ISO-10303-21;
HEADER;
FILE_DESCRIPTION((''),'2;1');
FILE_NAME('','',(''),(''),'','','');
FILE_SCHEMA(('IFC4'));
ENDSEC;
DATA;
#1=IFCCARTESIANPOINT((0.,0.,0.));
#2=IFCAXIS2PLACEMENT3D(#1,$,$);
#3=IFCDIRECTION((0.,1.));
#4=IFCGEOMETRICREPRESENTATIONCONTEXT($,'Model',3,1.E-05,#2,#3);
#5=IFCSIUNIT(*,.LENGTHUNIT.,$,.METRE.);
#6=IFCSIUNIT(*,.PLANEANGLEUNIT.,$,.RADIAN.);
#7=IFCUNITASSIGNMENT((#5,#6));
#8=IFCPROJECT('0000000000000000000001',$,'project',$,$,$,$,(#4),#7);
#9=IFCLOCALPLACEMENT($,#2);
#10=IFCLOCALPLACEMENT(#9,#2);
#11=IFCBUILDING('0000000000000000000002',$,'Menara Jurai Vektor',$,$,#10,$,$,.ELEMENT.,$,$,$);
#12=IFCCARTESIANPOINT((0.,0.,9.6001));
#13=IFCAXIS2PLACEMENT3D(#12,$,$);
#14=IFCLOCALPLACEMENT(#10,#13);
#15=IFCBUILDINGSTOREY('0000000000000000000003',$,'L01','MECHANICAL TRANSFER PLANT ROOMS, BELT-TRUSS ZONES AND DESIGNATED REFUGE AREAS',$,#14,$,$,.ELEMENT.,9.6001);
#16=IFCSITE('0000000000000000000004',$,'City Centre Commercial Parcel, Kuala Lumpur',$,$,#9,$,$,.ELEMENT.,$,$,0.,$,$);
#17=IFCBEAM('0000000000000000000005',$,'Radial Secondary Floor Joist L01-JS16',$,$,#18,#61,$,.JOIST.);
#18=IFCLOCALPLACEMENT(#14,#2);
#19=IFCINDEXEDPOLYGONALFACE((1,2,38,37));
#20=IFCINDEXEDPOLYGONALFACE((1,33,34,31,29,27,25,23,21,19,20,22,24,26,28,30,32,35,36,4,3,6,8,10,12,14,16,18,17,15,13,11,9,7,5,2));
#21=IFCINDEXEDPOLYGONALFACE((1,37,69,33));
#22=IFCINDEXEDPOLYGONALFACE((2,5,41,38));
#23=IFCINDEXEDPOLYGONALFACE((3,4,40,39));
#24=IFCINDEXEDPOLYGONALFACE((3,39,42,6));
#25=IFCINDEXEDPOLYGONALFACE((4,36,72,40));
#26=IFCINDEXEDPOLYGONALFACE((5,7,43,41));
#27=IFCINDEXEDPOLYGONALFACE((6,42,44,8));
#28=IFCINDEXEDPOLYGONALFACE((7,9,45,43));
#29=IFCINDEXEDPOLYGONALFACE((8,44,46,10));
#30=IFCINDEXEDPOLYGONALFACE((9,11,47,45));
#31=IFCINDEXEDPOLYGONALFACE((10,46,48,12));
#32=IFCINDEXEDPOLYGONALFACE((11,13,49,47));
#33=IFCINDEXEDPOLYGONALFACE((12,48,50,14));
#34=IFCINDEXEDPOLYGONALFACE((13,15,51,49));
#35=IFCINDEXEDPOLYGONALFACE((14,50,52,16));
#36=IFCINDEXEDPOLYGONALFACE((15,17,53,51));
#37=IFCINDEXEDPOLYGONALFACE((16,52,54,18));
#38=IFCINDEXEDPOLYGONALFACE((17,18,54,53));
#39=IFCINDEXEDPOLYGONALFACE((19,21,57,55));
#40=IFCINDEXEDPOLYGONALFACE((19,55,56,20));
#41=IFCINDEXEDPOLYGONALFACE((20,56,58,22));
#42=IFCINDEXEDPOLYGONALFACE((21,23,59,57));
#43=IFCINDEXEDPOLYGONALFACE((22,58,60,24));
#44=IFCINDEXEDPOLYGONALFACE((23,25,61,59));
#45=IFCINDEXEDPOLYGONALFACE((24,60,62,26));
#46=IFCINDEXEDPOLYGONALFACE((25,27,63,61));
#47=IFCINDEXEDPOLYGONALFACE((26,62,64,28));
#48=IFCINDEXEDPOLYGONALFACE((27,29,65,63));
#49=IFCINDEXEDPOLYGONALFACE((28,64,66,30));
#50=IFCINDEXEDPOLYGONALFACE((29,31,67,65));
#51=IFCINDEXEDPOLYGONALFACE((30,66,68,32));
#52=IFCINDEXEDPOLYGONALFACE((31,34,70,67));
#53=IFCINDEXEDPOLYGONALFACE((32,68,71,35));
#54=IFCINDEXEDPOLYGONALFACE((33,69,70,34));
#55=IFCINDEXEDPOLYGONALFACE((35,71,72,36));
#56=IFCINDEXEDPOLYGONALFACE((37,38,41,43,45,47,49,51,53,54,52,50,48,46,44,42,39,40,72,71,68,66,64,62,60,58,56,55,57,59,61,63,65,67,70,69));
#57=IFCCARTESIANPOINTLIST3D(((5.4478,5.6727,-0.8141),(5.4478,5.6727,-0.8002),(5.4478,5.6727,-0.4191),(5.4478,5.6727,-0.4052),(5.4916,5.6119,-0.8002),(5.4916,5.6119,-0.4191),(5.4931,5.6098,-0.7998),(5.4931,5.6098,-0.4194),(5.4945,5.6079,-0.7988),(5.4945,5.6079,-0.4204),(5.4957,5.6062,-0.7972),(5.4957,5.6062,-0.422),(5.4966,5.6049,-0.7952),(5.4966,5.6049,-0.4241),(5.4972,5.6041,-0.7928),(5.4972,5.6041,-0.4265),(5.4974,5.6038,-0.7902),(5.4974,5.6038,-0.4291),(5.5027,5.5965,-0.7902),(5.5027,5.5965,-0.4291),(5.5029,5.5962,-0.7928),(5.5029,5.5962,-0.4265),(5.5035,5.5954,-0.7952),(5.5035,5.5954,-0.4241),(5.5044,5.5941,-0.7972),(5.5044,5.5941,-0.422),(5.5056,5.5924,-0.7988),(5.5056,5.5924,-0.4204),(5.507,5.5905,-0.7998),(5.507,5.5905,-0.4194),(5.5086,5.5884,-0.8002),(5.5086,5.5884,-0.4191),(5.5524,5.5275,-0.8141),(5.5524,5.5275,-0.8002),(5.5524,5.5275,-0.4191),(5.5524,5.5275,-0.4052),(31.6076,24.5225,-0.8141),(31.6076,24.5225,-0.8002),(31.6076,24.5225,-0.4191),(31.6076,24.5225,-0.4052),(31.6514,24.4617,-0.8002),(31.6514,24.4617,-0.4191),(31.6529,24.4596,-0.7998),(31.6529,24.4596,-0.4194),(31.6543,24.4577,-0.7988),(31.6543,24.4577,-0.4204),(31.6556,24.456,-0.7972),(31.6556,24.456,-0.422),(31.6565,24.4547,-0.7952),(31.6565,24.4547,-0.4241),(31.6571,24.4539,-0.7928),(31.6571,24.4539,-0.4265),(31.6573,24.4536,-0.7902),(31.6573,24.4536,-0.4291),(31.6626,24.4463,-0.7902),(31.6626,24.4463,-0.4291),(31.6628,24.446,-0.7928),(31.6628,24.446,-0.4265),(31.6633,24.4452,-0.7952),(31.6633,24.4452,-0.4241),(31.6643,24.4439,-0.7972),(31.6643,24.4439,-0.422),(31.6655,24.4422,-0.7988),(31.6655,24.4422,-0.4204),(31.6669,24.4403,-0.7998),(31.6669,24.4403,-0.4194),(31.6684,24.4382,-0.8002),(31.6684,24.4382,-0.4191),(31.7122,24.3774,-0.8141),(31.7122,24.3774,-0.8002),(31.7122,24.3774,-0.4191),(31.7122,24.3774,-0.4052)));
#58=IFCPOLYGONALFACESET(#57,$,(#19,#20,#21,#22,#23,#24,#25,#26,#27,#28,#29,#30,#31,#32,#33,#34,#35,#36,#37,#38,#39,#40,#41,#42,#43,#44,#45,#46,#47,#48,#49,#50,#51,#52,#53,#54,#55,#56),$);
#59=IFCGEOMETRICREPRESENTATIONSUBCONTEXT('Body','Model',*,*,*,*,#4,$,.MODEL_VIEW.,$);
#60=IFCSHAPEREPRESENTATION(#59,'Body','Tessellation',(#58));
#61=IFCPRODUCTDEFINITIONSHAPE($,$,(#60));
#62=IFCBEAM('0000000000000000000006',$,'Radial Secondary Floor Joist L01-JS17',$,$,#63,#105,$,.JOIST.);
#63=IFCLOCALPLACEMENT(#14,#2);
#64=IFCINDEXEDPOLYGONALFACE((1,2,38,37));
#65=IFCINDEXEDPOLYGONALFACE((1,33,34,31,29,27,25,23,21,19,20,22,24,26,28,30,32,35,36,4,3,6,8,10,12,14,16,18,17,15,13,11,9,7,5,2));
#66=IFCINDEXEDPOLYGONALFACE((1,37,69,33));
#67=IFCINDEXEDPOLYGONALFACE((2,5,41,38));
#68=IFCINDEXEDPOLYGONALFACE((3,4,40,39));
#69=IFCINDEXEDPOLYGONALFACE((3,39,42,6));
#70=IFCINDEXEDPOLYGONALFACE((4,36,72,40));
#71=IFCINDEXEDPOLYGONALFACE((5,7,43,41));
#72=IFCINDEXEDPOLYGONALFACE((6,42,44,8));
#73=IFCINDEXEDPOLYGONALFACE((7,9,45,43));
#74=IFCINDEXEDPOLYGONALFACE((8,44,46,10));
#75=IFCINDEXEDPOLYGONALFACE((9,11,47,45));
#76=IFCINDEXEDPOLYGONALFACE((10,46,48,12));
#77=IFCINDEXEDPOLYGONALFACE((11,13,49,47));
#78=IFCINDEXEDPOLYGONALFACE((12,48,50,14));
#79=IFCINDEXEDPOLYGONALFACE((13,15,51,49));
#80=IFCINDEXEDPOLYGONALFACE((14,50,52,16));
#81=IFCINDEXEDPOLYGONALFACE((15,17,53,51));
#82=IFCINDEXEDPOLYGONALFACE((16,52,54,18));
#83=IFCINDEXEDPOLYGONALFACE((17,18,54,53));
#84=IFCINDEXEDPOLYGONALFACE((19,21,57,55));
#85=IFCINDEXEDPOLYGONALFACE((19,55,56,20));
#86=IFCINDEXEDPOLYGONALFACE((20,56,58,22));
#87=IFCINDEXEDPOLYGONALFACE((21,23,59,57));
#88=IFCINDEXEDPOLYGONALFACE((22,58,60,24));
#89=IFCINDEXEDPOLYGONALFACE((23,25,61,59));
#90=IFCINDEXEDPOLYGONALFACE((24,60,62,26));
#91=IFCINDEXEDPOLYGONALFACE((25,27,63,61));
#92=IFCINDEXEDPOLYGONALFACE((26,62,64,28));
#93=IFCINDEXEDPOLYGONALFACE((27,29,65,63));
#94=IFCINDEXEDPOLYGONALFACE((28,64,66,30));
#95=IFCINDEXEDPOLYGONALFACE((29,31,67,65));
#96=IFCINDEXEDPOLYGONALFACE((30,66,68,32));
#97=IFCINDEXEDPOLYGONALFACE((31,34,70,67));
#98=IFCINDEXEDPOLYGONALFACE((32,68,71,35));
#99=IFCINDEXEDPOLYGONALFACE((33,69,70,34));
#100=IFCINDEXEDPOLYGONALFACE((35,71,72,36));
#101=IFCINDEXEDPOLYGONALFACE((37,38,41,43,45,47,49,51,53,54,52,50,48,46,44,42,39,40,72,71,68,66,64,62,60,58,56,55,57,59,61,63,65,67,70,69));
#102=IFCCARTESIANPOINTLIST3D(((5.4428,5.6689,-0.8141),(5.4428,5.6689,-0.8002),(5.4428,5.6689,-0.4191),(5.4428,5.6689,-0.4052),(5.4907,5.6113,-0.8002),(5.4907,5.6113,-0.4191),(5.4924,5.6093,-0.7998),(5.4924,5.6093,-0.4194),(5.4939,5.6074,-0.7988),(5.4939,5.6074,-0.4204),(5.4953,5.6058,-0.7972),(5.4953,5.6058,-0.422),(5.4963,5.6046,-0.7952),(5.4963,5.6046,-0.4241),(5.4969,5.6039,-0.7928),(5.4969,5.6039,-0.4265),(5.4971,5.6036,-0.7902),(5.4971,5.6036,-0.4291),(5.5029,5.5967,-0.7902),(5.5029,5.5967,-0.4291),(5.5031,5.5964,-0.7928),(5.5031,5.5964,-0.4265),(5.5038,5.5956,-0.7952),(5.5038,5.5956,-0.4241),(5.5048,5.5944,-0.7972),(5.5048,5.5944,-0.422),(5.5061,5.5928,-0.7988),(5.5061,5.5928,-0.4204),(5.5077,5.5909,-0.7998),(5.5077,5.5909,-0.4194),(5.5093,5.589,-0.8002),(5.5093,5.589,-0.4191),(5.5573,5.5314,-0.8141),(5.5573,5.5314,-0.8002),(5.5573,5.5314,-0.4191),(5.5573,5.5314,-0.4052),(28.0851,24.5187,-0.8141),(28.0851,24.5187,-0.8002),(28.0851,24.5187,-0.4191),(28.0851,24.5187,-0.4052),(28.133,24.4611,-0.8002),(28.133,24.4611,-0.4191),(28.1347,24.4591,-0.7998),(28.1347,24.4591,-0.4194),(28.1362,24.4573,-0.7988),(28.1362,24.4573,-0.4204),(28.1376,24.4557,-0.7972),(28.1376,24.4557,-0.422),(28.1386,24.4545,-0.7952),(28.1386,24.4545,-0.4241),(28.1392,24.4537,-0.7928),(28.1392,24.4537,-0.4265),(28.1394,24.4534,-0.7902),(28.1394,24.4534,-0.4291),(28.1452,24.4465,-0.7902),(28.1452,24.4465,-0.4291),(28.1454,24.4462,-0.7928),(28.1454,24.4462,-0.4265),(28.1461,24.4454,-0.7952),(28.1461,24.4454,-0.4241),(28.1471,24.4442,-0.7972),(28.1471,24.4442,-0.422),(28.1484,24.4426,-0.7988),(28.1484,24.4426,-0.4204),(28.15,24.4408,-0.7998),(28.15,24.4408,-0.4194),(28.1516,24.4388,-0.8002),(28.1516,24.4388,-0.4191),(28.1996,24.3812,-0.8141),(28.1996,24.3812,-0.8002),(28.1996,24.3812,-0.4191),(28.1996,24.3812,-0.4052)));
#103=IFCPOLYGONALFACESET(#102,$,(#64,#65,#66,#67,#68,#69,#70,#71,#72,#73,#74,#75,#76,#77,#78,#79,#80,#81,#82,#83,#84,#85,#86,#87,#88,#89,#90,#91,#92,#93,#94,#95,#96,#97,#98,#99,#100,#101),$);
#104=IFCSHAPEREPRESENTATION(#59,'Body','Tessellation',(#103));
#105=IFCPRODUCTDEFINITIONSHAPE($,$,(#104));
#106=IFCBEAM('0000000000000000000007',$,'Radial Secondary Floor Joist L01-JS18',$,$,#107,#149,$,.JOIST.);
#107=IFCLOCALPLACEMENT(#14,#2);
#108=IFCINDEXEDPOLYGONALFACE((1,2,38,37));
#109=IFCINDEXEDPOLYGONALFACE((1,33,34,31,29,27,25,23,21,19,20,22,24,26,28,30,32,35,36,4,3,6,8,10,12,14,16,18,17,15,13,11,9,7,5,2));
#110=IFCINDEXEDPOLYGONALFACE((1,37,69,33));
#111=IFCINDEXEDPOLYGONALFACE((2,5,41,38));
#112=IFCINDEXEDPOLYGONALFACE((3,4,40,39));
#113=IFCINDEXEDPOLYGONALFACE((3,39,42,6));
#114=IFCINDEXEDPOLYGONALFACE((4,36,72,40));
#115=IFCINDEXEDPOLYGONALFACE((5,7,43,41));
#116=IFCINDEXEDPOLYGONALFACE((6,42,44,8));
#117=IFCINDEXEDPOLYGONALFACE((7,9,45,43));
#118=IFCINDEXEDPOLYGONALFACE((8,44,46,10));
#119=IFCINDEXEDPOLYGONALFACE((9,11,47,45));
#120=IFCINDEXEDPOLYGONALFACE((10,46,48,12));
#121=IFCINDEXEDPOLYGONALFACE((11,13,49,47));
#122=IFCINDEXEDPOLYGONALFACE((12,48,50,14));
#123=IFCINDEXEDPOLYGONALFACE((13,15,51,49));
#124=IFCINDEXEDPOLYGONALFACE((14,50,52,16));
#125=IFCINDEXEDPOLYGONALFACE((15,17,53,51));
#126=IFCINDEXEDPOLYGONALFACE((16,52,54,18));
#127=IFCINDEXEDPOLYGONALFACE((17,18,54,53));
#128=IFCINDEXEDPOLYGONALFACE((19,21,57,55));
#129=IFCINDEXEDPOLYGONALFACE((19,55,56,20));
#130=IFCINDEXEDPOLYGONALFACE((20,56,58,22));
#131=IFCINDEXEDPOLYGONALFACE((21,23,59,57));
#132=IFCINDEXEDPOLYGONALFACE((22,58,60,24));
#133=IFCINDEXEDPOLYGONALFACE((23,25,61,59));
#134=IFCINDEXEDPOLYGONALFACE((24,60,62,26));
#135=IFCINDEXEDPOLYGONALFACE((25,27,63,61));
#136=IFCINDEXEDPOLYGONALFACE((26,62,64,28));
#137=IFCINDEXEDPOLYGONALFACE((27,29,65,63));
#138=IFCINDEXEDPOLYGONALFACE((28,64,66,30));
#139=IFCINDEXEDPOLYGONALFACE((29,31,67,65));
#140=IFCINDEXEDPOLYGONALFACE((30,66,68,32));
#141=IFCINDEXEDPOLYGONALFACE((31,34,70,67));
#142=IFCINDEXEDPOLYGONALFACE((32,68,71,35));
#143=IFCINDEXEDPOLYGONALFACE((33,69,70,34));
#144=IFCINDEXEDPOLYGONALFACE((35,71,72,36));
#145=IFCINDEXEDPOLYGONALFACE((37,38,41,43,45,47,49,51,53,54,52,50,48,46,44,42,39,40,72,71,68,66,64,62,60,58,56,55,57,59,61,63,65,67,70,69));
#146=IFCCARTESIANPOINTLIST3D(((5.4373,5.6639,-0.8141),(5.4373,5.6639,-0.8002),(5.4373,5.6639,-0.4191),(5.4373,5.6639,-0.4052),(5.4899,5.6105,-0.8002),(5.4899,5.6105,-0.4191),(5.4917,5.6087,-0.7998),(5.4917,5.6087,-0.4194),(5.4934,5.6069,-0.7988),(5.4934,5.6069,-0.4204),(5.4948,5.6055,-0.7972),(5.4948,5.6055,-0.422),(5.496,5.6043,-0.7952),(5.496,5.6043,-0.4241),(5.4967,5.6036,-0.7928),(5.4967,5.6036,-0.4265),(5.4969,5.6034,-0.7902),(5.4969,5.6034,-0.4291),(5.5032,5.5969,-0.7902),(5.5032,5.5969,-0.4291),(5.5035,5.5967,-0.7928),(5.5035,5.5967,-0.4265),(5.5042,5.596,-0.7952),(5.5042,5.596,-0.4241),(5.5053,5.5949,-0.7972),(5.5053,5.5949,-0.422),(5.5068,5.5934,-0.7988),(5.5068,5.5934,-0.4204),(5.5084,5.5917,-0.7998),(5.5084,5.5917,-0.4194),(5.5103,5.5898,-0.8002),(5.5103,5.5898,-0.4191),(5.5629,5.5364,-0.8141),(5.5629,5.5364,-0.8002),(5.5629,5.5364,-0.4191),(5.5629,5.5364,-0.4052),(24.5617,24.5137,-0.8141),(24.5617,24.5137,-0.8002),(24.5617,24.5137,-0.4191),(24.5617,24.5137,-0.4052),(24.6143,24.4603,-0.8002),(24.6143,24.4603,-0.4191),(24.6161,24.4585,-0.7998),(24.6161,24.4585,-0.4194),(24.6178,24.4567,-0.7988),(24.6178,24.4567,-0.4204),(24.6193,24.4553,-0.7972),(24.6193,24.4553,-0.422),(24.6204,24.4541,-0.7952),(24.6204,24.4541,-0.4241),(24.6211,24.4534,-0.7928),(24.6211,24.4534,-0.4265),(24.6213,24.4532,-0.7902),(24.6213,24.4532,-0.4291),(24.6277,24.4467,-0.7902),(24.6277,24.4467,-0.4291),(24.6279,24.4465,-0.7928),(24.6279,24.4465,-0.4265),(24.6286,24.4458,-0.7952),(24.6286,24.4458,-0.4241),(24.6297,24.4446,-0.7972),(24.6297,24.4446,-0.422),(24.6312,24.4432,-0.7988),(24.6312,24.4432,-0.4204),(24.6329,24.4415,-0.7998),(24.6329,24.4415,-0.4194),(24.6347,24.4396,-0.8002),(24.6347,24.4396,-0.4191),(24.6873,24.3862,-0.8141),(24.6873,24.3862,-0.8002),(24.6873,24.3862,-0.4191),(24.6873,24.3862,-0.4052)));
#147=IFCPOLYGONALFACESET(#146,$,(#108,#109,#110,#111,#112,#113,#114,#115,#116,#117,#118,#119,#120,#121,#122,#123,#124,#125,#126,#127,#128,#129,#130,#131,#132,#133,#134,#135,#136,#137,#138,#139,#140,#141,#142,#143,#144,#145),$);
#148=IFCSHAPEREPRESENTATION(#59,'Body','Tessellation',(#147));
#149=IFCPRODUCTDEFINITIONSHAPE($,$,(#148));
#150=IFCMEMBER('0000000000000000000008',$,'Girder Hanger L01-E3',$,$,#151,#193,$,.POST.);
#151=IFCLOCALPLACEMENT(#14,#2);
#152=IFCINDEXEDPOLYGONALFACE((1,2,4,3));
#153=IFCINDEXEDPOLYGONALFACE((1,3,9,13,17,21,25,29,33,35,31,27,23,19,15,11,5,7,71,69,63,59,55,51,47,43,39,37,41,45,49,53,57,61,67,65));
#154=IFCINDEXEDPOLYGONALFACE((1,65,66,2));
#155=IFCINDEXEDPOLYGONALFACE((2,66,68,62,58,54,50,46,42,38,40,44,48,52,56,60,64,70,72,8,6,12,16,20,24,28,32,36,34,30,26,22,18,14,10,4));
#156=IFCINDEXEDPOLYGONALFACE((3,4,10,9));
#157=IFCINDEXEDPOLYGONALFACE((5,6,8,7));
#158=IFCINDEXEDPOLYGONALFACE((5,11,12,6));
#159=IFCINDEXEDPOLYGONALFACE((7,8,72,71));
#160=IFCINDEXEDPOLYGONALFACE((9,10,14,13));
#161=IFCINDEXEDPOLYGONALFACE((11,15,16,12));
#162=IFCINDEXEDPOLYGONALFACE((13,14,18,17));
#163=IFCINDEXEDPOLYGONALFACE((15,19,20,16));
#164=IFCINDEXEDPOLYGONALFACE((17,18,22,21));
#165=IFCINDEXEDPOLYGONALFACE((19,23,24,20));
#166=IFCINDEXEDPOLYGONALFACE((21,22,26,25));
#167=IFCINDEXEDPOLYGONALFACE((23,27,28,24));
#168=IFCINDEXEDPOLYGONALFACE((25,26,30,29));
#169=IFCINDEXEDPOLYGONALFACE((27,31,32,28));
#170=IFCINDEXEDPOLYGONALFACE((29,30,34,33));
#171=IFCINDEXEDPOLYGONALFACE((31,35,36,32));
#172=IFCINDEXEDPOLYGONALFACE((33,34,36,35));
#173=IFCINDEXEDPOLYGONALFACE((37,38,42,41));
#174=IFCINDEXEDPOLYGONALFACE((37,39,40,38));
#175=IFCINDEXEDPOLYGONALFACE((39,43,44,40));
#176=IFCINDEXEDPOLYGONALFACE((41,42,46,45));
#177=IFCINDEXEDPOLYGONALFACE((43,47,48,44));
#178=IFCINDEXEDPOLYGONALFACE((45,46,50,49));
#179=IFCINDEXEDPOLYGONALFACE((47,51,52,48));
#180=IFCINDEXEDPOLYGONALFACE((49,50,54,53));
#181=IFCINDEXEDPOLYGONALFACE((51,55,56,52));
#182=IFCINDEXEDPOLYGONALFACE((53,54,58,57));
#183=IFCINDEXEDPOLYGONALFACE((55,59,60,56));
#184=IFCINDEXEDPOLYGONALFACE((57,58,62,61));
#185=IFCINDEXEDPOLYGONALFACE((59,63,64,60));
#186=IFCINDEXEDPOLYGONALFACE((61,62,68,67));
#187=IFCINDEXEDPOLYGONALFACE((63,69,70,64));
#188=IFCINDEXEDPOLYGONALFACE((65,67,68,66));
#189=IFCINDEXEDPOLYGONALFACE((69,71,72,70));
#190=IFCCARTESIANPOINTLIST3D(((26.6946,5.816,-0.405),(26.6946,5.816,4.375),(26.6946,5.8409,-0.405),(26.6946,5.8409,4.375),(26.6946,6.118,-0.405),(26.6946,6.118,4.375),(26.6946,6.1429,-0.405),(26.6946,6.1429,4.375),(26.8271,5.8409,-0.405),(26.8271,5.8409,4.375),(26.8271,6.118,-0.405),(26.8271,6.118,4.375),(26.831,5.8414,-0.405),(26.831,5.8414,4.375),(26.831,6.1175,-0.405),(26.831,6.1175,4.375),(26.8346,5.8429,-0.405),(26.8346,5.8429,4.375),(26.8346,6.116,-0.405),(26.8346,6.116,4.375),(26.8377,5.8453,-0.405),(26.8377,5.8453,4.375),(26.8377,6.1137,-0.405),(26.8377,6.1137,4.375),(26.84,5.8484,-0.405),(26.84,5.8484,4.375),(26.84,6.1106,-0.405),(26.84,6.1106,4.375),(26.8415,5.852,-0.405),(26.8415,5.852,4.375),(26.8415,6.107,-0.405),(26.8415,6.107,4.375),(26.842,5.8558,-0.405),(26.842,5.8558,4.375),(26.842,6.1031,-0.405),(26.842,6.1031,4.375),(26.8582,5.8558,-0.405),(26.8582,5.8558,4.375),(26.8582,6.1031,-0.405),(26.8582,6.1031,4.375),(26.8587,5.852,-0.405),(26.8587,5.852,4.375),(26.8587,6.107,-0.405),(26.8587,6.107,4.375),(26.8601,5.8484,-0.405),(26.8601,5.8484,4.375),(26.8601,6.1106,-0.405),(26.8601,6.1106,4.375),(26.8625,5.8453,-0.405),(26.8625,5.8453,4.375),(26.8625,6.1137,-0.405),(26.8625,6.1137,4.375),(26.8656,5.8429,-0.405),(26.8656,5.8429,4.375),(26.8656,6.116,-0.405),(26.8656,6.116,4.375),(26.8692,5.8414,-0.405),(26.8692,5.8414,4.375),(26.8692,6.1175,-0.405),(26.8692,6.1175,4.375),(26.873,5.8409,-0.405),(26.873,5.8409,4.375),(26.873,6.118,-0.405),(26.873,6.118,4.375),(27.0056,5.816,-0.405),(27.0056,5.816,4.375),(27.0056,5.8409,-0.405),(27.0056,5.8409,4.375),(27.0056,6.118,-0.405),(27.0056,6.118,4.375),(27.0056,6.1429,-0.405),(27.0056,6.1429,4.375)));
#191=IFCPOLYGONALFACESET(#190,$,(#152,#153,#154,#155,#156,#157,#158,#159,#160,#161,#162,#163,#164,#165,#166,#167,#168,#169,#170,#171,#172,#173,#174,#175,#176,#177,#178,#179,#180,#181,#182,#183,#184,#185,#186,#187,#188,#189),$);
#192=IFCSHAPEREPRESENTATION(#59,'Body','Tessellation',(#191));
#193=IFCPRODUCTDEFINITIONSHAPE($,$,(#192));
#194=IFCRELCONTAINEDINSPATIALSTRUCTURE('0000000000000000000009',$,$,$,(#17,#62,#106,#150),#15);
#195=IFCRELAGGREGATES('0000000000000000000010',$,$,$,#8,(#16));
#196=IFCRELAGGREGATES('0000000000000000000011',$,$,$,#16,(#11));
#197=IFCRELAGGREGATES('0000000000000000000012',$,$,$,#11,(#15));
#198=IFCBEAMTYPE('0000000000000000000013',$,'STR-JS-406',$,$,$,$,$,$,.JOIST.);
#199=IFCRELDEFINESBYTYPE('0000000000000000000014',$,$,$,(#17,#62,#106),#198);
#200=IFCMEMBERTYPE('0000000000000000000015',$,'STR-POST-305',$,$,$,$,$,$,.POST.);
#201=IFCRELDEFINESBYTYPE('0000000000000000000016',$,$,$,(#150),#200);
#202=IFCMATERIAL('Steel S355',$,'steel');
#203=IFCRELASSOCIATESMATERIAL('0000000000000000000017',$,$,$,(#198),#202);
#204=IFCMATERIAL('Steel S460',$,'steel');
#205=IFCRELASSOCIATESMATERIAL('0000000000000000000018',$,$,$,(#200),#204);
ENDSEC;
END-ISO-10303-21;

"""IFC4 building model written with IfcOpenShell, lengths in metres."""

from ifc_helpers import new_model, si_unit, direction, frame, origin, origin_2d, place, context, subcontext, project, spatial, i_section, extrude, material, material_profile, profile_set, type_object, element, save


model = new_model("IFC4")

# Units and contexts
model_context = context("Model", 3, precision=1e-05, world=origin(), true_north=direction((0.0, 1.0)))
body_context = subcontext(model_context, "Body", "Model", "MODEL_VIEW")
ifc_project = project(units=[si_unit("LENGTHUNIT", "METRE"), si_unit("PLANEANGLEUNIT", "RADIAN")], contexts=[model_context])

# Site, building, storey
site_placement = place(None, origin())
site = spatial("IfcSite", under=ifc_project, at=site_placement, Name="City Centre Commercial Parcel, Kuala Lumpur", CompositionType="ELEMENT", RefElevation=0.0)
building_placement = place(site_placement, origin())
building = spatial("IfcBuilding", under=site, at=building_placement, Name="Menara Jurai Vektor", CompositionType="ELEMENT")
storey_placement = place(building_placement, frame((0.0, 0.0, 9.6001)))
storey = spatial("IfcBuildingStorey", under=building, at=storey_placement, Name="L01", Description="MECHANICAL TRANSFER PLANT ROOMS, BELT-TRUSS ZONES AND DESIGNATED REFUGE AREAS", CompositionType="ELEMENT", Elevation=9.6001)

# Shared definitions
ifc_material_1 = material(Name="Steel S460", Category="steel")

# Beams
ifc_material_2 = material(Name="Steel S355", Category="steel")
ifc_material_profile_1 = material_profile(ifc_material_2, i_section(OverallWidth=0.179, OverallDepth=0.4089, WebThickness=0.009, FlangeThickness=0.0139, FilletRadius=0.01, at=origin_2d()), Name="UKB 406x178x67")
ifc_profile_set_1 = profile_set([ifc_material_profile_1], Name="Steel S355")
beam_type_1 = type_object("IfcBeamType", Name="STR-JS-406", PredefinedType="JOIST", material=ifc_profile_set_1)
beam_1_placement = place(storey_placement, frame((31.6599, 24.45, -0.6096), z_axis=(-0.811318, -0.584605, 0.0), x_axis=(0.584605, -0.811318, 0.0)))
element("IfcBeam", 1, at=beam_1_placement, inside=storey, type_object=beam_type_1, Name="Radial Secondary Floor Joist L01-JS16", PredefinedType="JOIST", context=body_context, shape_type="SweptSolid", body=[
    extrude(i_section(OverallWidth=0.179, OverallDepth=0.4089, WebThickness=0.009, FlangeThickness=0.0139, FilletRadius=0.01, at=origin_2d()), origin(), (0.0, 0.0, 1.0), 32.2437),
])
beam_2_placement = place(storey_placement, frame((28.1423, 24.45, -0.6096), z_axis=(-0.768534, -0.639809, 0.0), x_axis=(0.639809, -0.768534, 0.0)))
element("IfcBeam", 2, at=beam_2_placement, inside=storey, type_object=beam_type_1, Name="Radial Secondary Floor Joist L01-JS17", PredefinedType="JOIST", context=body_context, shape_type="SweptSolid", body=[
    extrude(i_section(OverallWidth=0.179, OverallDepth=0.4089, WebThickness=0.009, FlangeThickness=0.0139, FilletRadius=0.01, at=origin_2d()), origin(), (0.0, 0.0, 1.0), 29.4617),
])
beam_3_placement = place(storey_placement, frame((24.6245, 24.45, -0.6096), z_axis=(-0.712202, -0.701974, 0.0), x_axis=(0.701974, -0.712202, 0.0)))
element("IfcBeam", 3, at=beam_3_placement, inside=storey, type_object=beam_type_1, Name="Radial Secondary Floor Joist L01-JS18", PredefinedType="JOIST", context=body_context, shape_type="SweptSolid", body=[
    extrude(i_section(OverallWidth=0.179, OverallDepth=0.4089, WebThickness=0.009, FlangeThickness=0.0139, FilletRadius=0.01, at=origin_2d()), origin(), (0.0, 0.0, 1.0), 26.8525),
])

# Member
ifc_material_profile_2 = material_profile(ifc_material_1, i_section(OverallWidth=0.311, OverallDepth=0.3269, WebThickness=0.0161, FlangeThickness=0.0249, FilletRadius=0.0149, at=origin_2d()), Name="UKC 305x305x158")
ifc_profile_set_2 = profile_set([ifc_material_profile_2], Name="Steel S460")
member_type_1 = type_object("IfcMemberType", Name="STR-POST-305", PredefinedType="POST", material=ifc_profile_set_2)
for number, where, z_axis, x_axis, name in (
    (4, (26.8501, 5.9795, -0.405), (0.0, 0.0, 1.0), (1.0, 0.0, 0.0), "Girder Hanger L01-E3"),
):
    element("IfcMember", number, at=place(storey_placement, frame(where, z_axis=z_axis, x_axis=x_axis)), inside=storey, type_object=member_type_1, Name=name, PredefinedType="POST", context=body_context, shape_type="SweptSolid", body=[
        extrude(i_section(OverallWidth=0.311, OverallDepth=0.3269, WebThickness=0.0161, FlangeThickness=0.0249, FilletRadius=0.0149, at=origin_2d()), origin(), (0.0, 0.0, 1.0), 4.78),
    ])

save(model, "model.ifc")
